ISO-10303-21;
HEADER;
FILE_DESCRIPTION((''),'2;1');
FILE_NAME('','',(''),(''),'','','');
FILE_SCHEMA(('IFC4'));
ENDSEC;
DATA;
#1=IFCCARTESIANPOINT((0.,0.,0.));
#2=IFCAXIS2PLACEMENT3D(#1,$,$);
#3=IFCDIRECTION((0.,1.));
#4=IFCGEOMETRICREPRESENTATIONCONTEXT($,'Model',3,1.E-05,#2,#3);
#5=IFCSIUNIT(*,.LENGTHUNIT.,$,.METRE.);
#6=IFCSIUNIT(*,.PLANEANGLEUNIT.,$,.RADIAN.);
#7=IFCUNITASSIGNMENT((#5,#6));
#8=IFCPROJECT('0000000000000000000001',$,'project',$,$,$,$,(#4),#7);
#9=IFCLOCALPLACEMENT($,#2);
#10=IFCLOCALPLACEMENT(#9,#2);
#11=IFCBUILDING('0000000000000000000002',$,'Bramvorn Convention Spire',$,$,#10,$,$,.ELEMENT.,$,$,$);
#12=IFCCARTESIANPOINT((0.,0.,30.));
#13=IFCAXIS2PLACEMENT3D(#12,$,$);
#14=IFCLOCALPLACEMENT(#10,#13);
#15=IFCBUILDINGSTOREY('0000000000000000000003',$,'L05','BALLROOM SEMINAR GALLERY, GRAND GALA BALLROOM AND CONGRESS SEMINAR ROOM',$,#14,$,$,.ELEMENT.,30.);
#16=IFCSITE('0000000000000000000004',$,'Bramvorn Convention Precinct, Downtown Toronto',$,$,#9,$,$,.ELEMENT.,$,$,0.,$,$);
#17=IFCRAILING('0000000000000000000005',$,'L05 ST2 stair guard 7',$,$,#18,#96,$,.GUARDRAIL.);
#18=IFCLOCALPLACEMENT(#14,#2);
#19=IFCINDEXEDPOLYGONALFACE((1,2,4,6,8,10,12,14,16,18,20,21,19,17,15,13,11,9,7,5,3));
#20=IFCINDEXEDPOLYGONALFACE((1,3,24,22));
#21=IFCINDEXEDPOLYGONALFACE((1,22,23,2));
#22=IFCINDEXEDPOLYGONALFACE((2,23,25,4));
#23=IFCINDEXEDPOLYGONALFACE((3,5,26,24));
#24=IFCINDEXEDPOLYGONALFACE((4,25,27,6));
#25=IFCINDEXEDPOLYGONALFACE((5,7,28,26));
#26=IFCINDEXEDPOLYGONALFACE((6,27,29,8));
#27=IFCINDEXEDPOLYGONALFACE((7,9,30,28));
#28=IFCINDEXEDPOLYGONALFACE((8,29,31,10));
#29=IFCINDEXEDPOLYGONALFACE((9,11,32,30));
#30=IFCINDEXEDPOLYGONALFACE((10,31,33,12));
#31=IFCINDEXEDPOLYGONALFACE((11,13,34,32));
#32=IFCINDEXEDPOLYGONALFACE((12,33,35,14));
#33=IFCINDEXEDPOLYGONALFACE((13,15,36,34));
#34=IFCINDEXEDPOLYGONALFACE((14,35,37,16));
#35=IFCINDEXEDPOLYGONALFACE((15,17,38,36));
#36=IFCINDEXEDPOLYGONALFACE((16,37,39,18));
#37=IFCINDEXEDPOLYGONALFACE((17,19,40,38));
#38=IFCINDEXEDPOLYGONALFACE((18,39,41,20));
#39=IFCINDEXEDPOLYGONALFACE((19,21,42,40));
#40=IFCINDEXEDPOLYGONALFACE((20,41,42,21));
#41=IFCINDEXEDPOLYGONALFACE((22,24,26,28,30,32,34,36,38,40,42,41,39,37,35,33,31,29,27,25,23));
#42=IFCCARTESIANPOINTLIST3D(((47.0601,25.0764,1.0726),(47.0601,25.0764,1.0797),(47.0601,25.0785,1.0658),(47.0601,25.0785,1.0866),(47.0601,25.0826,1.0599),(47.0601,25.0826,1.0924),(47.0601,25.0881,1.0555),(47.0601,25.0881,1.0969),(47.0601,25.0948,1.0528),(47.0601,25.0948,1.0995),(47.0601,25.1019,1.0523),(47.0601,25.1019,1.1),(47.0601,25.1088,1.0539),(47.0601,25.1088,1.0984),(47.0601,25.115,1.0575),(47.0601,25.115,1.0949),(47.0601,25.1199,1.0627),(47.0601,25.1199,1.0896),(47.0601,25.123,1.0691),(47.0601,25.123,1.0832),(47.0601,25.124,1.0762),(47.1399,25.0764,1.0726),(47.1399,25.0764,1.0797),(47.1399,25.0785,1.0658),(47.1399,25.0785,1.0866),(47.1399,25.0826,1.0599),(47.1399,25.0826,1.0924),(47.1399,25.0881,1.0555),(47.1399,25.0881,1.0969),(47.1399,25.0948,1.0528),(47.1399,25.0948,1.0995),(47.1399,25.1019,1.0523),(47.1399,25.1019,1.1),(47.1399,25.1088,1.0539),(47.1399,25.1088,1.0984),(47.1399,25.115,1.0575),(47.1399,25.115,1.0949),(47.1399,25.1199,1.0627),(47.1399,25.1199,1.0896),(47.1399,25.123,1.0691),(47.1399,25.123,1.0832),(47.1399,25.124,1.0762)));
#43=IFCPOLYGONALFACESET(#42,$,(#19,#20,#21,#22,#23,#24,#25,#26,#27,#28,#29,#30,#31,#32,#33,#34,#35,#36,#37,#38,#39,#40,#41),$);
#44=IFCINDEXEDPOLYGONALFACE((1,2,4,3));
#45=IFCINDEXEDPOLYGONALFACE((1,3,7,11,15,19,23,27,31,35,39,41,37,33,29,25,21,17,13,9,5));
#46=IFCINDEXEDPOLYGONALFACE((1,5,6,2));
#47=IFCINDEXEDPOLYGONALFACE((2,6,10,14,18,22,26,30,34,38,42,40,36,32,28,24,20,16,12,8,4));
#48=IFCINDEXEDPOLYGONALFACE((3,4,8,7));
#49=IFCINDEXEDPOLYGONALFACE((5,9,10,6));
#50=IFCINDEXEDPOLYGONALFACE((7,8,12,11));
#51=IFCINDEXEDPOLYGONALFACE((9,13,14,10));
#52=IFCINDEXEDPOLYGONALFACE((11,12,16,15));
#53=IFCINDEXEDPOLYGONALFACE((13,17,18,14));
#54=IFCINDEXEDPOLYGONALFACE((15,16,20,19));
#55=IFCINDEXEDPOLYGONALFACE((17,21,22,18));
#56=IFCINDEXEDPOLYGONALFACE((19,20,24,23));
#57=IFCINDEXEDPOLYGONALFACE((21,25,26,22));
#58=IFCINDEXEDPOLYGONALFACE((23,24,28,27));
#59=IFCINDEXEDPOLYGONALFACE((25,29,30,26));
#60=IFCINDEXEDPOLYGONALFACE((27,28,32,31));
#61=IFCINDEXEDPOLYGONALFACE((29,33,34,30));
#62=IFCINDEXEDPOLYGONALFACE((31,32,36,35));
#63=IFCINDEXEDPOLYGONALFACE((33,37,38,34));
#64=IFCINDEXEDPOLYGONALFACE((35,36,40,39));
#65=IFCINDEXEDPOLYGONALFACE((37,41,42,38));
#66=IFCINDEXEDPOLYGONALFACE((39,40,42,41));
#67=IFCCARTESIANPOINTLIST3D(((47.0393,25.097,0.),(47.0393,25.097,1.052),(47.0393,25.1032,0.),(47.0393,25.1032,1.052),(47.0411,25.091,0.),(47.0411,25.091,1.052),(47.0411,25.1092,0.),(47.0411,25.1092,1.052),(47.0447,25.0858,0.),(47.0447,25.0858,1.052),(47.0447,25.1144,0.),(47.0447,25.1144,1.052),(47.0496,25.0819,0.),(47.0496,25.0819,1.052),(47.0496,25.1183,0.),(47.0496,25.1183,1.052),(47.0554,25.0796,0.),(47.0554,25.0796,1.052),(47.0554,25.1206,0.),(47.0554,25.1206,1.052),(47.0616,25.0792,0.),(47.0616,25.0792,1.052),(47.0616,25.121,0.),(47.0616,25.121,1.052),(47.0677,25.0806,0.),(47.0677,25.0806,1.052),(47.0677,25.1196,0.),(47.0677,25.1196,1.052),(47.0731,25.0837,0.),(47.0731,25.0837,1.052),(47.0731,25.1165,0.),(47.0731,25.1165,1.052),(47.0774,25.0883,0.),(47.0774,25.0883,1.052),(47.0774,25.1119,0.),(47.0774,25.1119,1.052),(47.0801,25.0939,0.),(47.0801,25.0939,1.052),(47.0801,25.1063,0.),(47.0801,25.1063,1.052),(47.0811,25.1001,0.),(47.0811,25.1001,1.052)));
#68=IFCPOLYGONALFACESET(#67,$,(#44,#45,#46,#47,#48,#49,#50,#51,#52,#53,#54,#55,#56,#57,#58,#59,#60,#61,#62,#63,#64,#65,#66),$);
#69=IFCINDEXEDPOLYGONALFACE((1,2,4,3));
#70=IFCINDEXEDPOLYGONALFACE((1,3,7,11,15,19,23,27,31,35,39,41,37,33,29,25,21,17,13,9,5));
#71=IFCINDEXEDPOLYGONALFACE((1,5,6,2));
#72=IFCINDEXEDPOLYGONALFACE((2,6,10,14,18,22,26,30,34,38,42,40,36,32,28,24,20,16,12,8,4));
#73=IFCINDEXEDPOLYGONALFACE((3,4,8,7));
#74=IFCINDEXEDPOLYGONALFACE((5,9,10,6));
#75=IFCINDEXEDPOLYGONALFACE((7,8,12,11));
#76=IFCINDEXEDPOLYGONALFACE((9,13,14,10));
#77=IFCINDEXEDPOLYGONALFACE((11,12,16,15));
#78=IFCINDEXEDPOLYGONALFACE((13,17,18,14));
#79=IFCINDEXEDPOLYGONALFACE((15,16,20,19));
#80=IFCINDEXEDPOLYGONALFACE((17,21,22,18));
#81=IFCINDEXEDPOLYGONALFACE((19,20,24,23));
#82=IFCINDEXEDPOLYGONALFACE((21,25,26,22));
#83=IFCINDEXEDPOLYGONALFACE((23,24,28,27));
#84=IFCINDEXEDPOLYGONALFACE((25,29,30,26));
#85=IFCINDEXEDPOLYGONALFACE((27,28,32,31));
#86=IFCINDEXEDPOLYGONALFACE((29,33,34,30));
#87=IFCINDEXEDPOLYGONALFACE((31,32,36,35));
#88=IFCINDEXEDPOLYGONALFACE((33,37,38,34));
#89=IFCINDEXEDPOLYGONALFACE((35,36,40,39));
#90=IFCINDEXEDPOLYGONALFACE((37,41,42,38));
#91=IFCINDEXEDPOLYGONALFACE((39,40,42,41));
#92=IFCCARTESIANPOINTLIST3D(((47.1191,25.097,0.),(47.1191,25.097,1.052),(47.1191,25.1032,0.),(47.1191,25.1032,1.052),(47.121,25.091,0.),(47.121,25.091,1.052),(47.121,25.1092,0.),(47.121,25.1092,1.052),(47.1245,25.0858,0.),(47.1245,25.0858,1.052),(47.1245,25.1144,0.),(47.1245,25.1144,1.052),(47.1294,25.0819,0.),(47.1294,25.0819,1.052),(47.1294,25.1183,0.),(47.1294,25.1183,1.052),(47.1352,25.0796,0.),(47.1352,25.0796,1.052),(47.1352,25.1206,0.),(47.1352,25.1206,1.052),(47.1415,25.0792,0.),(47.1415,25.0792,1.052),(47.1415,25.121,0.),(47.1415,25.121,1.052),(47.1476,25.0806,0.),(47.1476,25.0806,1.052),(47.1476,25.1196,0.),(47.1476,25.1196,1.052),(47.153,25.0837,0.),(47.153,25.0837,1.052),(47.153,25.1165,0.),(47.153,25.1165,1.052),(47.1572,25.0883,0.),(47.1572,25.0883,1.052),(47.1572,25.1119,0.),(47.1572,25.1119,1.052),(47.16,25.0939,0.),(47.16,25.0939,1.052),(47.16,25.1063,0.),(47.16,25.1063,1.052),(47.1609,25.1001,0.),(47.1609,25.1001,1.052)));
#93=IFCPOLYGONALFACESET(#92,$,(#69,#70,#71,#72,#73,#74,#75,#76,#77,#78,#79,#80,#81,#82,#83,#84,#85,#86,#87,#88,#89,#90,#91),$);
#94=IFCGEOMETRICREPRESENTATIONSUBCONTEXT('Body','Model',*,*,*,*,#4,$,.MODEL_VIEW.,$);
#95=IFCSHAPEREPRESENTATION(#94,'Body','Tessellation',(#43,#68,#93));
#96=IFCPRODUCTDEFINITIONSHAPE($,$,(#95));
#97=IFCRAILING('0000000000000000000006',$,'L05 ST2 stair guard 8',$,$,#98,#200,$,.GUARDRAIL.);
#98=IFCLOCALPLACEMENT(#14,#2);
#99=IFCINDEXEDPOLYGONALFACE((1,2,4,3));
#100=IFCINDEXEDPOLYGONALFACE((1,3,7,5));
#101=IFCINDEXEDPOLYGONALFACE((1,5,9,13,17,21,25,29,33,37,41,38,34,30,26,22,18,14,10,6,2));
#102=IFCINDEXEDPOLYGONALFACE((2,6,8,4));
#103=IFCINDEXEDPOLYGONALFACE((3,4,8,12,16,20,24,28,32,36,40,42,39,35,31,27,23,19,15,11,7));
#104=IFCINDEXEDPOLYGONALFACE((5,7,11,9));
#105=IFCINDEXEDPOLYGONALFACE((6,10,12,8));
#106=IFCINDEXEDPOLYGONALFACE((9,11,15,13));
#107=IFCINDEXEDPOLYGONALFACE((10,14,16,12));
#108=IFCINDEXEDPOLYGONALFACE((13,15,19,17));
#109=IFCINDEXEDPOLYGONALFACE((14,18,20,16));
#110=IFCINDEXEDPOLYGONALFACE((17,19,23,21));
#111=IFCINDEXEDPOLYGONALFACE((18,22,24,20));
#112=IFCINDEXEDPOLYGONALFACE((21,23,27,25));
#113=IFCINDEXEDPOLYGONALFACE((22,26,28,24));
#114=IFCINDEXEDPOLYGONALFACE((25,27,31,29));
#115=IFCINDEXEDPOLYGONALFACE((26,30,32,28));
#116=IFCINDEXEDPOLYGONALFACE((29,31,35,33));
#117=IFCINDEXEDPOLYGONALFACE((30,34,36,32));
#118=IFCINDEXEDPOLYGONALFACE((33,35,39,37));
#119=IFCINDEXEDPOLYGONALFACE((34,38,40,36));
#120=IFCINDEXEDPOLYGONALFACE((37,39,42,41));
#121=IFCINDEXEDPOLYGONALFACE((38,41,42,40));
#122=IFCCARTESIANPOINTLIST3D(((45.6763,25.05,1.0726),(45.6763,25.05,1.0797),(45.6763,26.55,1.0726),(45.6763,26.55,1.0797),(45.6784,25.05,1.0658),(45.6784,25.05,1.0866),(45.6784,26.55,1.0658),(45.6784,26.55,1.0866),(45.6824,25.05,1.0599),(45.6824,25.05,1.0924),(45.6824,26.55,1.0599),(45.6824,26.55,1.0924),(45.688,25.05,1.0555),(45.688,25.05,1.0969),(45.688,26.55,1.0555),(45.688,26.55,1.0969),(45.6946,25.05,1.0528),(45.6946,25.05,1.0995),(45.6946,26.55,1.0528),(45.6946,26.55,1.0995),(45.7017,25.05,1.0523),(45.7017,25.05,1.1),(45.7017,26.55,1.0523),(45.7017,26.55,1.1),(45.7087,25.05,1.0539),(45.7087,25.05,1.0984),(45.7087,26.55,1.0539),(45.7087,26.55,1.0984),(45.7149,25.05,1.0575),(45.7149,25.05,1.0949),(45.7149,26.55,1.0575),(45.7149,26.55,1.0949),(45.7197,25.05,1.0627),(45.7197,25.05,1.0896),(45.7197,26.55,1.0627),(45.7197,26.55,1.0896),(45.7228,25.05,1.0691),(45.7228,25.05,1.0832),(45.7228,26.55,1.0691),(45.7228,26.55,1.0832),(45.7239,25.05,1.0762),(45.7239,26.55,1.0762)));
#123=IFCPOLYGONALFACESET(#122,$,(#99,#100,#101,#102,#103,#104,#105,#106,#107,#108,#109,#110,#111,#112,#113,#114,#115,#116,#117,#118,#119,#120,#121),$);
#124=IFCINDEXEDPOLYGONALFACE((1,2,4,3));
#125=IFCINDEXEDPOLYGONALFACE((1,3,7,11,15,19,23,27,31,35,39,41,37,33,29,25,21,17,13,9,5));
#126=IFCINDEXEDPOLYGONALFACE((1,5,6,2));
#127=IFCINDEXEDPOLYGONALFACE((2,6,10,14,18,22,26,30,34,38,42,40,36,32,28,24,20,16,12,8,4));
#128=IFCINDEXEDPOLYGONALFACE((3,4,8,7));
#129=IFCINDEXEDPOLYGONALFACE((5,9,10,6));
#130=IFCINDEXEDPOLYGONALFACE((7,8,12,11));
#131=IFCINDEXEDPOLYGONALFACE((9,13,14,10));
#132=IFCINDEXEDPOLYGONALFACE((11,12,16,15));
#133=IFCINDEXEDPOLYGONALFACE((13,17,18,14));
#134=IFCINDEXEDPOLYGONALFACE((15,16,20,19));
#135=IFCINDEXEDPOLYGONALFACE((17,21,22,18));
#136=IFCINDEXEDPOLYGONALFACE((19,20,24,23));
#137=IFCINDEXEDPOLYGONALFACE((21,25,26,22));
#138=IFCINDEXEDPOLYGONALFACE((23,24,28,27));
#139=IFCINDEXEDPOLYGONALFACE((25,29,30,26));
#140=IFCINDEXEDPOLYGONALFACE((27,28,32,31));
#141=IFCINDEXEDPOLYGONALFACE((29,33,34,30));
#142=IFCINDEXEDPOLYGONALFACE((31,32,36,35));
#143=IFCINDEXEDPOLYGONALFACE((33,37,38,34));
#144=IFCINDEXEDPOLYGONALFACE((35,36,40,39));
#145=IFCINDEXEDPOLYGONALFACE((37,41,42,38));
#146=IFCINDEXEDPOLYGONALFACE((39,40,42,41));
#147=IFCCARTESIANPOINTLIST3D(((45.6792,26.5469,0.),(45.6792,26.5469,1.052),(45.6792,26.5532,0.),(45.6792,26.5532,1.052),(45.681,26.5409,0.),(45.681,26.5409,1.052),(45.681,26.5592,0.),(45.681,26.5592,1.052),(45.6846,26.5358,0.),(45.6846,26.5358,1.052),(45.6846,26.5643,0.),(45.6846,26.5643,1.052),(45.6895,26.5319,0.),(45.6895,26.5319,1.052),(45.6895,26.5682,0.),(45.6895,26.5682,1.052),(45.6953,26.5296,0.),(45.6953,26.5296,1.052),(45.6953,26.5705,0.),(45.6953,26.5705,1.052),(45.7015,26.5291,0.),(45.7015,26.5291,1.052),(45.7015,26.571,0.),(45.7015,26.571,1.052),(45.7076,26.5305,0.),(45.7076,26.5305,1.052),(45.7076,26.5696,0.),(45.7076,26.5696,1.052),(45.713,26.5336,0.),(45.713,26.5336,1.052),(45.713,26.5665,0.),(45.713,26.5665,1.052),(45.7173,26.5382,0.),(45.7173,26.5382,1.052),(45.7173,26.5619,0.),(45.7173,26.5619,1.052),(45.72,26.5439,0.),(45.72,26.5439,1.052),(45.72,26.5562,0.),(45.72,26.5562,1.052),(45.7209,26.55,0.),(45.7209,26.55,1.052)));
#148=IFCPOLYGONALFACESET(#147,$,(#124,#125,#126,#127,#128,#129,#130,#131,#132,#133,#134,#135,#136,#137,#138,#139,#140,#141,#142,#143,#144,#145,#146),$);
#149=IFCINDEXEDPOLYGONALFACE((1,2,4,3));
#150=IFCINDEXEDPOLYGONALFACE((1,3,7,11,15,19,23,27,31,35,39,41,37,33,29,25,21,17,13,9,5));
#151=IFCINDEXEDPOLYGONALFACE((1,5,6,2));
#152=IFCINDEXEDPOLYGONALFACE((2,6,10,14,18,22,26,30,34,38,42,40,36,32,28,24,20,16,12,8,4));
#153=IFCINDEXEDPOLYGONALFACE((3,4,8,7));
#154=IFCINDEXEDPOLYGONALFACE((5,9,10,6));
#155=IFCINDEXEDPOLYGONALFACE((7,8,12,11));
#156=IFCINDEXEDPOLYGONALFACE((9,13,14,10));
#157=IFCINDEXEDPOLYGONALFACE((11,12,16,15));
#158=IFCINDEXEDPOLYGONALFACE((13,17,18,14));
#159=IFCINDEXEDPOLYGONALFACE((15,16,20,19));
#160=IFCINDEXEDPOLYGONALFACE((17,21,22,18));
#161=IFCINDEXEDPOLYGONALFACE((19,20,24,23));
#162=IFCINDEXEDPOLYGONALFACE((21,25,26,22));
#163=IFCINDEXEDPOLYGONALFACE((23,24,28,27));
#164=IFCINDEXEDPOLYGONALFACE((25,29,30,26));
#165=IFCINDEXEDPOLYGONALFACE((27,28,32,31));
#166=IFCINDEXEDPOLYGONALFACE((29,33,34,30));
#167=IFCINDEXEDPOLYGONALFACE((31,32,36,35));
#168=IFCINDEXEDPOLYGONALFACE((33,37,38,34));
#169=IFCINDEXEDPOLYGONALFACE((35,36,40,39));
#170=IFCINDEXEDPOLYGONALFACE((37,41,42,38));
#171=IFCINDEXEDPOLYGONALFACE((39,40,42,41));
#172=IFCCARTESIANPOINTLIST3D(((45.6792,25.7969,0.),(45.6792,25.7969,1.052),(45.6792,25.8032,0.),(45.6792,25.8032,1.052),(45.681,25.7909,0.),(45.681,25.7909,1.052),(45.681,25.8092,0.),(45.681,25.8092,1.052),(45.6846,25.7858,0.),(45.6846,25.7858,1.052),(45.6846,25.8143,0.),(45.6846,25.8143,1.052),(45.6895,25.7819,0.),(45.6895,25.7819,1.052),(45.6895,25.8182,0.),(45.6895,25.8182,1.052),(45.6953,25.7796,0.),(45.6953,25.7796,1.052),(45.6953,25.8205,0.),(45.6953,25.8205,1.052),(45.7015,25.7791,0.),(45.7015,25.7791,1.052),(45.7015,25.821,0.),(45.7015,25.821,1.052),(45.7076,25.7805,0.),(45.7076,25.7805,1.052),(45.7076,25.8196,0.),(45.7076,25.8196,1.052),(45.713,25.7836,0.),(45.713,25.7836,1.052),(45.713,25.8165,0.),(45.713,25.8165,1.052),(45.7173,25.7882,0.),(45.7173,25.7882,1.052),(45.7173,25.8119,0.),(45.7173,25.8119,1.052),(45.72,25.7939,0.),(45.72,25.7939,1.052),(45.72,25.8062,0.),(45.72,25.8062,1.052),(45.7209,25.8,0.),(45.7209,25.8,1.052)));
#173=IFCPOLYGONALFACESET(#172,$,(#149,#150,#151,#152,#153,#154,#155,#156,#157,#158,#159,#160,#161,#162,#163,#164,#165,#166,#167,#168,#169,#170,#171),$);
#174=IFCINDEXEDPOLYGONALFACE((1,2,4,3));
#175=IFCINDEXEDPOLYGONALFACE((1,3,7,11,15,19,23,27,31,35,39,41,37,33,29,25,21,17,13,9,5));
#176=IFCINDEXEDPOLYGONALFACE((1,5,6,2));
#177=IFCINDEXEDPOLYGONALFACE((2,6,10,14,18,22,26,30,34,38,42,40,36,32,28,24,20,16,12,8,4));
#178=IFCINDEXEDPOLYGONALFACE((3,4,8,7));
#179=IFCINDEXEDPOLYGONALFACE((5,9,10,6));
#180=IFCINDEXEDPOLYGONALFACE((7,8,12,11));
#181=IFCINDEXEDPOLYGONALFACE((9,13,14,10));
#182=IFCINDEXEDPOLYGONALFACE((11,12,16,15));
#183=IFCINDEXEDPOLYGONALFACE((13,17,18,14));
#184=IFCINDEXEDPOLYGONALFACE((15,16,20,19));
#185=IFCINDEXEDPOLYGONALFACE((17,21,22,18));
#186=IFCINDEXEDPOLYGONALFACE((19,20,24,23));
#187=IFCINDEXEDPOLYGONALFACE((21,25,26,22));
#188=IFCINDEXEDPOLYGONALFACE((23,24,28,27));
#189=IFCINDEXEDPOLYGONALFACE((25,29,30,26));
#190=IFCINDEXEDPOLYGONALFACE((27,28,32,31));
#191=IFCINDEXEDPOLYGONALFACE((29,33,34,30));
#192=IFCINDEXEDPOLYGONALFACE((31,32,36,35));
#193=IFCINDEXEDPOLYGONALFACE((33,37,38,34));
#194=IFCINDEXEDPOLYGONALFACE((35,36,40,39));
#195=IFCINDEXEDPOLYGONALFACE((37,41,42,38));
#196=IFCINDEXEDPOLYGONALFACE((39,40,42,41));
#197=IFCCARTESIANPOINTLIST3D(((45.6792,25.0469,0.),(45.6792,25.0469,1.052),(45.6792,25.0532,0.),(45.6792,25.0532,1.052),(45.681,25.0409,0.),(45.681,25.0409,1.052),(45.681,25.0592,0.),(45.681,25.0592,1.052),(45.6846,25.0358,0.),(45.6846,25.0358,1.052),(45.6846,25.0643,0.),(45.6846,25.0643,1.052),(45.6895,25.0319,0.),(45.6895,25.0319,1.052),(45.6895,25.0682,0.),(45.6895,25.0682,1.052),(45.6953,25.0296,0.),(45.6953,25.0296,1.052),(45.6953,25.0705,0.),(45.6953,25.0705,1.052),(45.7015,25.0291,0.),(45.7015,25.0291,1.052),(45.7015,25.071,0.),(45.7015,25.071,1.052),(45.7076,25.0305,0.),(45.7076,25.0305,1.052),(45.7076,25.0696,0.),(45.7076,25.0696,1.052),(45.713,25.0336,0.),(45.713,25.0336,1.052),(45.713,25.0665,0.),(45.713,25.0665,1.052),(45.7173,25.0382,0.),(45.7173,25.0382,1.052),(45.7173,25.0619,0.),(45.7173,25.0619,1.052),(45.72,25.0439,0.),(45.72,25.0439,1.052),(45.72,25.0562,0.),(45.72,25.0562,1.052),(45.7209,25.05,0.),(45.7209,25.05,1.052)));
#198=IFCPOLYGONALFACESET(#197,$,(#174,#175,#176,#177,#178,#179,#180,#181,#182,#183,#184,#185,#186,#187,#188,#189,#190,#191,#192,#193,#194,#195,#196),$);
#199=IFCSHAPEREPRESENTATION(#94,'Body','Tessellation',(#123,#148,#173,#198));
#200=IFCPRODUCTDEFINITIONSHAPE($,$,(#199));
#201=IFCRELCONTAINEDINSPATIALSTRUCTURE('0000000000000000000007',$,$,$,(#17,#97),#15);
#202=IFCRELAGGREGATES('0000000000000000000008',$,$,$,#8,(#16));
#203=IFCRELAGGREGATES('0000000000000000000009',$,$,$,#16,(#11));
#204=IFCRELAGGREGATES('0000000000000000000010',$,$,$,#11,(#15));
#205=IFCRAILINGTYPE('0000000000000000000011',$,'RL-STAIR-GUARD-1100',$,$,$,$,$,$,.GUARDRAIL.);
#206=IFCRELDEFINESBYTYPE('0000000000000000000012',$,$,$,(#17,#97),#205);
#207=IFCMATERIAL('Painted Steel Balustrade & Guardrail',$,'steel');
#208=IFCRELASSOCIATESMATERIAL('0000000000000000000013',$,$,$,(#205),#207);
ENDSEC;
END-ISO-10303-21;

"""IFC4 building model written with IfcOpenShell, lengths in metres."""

from ifc_helpers import new_model, si_unit, direction, frame, origin, origin_2d, place, context, subcontext, project, spatial, circle, extrude, material, type_object, element, save


model = new_model("IFC4")

# Units and contexts
model_context = context("Model", 3, precision=1e-05, world=origin(), true_north=direction((0.0, 1.0)))
body_context = subcontext(model_context, "Body", "Model", "MODEL_VIEW")
ifc_project = project(units=[si_unit("LENGTHUNIT", "METRE"), si_unit("PLANEANGLEUNIT", "RADIAN")], contexts=[model_context])

# Site, building, storey
site_placement = place(None, origin())
site = spatial("IfcSite", under=ifc_project, at=site_placement, Name="Bramvorn Convention Precinct, Downtown Toronto", CompositionType="ELEMENT", RefElevation=0.0)
building_placement = place(site_placement, origin())
building = spatial("IfcBuilding", under=site, at=building_placement, Name="Bramvorn Convention Spire", CompositionType="ELEMENT")
storey_placement = place(building_placement, frame((0.0, 0.0, 30.0)))
storey = spatial("IfcBuildingStorey", under=building, at=storey_placement, Name="L05", Description="BALLROOM SEMINAR GALLERY, GRAND GALA BALLROOM AND CONGRESS SEMINAR ROOM", CompositionType="ELEMENT", Elevation=30.0)

# Railings
ifc_material_1 = material(Name="Painted Steel Balustrade & Guardrail", Category="steel")
railing_type_1 = type_object("IfcRailingType", Name="RL-STAIR-GUARD-1100", PredefinedType="GUARDRAIL", material=ifc_material_1)
railing_1_placement = place(storey_placement, frame((47.0601, 25.1001, 0.0)))
element("IfcRailing", 1, at=railing_1_placement, inside=storey, type_object=railing_type_1, Name="L05 ST2 stair guard 7", PredefinedType="GUARDRAIL", context=body_context, shape_type="SweptSolid", body=[
    extrude(circle(Radius=0.0239, at=origin_2d()), frame((0.0, 0.0, 1.0762), z_axis=(1.0, 0.0, 0.0), x_axis=(0.0, 1.0, 0.0)), (0.0, 0.0, 1.0), 0.0798),
    extrude(circle(Radius=0.021, at=origin_2d()), origin(), (0.0, 0.0, 1.0), 1.052),
    extrude(circle(Radius=0.021, at=origin_2d()), frame((0.0798, 0.0, 0.0)), (0.0, 0.0, 1.0), 1.052),
])
for number, where, name in (
    (2, (45.7, 26.55, 0.0), "L05 ST2 stair guard 8"),
):
    element("IfcRailing", number, at=place(storey_placement, frame(where)), inside=storey, type_object=railing_type_1, Name=name, PredefinedType="GUARDRAIL", context=body_context, shape_type="SweptSolid", body=[
        extrude(circle(Radius=0.0239, at=origin_2d()), frame((0.0, 0.0, 1.0762), z_axis=(0.0, -1.0, 0.0), x_axis=(1.0, 0.0, 0.0)), (0.0, 0.0, 1.0), 1.5),
        extrude(circle(Radius=0.021, at=origin_2d()), origin(), (0.0, 0.0, 1.0), 1.052),
        extrude(circle(Radius=0.021, at=origin_2d()), frame((0.0, -0.75, 0.0)), (0.0, 0.0, 1.0), 1.052),
        extrude(circle(Radius=0.021, at=origin_2d()), frame((0.0, -1.5, 0.0)), (0.0, 0.0, 1.0), 1.052),
    ])

save(model, "model.ifc")
